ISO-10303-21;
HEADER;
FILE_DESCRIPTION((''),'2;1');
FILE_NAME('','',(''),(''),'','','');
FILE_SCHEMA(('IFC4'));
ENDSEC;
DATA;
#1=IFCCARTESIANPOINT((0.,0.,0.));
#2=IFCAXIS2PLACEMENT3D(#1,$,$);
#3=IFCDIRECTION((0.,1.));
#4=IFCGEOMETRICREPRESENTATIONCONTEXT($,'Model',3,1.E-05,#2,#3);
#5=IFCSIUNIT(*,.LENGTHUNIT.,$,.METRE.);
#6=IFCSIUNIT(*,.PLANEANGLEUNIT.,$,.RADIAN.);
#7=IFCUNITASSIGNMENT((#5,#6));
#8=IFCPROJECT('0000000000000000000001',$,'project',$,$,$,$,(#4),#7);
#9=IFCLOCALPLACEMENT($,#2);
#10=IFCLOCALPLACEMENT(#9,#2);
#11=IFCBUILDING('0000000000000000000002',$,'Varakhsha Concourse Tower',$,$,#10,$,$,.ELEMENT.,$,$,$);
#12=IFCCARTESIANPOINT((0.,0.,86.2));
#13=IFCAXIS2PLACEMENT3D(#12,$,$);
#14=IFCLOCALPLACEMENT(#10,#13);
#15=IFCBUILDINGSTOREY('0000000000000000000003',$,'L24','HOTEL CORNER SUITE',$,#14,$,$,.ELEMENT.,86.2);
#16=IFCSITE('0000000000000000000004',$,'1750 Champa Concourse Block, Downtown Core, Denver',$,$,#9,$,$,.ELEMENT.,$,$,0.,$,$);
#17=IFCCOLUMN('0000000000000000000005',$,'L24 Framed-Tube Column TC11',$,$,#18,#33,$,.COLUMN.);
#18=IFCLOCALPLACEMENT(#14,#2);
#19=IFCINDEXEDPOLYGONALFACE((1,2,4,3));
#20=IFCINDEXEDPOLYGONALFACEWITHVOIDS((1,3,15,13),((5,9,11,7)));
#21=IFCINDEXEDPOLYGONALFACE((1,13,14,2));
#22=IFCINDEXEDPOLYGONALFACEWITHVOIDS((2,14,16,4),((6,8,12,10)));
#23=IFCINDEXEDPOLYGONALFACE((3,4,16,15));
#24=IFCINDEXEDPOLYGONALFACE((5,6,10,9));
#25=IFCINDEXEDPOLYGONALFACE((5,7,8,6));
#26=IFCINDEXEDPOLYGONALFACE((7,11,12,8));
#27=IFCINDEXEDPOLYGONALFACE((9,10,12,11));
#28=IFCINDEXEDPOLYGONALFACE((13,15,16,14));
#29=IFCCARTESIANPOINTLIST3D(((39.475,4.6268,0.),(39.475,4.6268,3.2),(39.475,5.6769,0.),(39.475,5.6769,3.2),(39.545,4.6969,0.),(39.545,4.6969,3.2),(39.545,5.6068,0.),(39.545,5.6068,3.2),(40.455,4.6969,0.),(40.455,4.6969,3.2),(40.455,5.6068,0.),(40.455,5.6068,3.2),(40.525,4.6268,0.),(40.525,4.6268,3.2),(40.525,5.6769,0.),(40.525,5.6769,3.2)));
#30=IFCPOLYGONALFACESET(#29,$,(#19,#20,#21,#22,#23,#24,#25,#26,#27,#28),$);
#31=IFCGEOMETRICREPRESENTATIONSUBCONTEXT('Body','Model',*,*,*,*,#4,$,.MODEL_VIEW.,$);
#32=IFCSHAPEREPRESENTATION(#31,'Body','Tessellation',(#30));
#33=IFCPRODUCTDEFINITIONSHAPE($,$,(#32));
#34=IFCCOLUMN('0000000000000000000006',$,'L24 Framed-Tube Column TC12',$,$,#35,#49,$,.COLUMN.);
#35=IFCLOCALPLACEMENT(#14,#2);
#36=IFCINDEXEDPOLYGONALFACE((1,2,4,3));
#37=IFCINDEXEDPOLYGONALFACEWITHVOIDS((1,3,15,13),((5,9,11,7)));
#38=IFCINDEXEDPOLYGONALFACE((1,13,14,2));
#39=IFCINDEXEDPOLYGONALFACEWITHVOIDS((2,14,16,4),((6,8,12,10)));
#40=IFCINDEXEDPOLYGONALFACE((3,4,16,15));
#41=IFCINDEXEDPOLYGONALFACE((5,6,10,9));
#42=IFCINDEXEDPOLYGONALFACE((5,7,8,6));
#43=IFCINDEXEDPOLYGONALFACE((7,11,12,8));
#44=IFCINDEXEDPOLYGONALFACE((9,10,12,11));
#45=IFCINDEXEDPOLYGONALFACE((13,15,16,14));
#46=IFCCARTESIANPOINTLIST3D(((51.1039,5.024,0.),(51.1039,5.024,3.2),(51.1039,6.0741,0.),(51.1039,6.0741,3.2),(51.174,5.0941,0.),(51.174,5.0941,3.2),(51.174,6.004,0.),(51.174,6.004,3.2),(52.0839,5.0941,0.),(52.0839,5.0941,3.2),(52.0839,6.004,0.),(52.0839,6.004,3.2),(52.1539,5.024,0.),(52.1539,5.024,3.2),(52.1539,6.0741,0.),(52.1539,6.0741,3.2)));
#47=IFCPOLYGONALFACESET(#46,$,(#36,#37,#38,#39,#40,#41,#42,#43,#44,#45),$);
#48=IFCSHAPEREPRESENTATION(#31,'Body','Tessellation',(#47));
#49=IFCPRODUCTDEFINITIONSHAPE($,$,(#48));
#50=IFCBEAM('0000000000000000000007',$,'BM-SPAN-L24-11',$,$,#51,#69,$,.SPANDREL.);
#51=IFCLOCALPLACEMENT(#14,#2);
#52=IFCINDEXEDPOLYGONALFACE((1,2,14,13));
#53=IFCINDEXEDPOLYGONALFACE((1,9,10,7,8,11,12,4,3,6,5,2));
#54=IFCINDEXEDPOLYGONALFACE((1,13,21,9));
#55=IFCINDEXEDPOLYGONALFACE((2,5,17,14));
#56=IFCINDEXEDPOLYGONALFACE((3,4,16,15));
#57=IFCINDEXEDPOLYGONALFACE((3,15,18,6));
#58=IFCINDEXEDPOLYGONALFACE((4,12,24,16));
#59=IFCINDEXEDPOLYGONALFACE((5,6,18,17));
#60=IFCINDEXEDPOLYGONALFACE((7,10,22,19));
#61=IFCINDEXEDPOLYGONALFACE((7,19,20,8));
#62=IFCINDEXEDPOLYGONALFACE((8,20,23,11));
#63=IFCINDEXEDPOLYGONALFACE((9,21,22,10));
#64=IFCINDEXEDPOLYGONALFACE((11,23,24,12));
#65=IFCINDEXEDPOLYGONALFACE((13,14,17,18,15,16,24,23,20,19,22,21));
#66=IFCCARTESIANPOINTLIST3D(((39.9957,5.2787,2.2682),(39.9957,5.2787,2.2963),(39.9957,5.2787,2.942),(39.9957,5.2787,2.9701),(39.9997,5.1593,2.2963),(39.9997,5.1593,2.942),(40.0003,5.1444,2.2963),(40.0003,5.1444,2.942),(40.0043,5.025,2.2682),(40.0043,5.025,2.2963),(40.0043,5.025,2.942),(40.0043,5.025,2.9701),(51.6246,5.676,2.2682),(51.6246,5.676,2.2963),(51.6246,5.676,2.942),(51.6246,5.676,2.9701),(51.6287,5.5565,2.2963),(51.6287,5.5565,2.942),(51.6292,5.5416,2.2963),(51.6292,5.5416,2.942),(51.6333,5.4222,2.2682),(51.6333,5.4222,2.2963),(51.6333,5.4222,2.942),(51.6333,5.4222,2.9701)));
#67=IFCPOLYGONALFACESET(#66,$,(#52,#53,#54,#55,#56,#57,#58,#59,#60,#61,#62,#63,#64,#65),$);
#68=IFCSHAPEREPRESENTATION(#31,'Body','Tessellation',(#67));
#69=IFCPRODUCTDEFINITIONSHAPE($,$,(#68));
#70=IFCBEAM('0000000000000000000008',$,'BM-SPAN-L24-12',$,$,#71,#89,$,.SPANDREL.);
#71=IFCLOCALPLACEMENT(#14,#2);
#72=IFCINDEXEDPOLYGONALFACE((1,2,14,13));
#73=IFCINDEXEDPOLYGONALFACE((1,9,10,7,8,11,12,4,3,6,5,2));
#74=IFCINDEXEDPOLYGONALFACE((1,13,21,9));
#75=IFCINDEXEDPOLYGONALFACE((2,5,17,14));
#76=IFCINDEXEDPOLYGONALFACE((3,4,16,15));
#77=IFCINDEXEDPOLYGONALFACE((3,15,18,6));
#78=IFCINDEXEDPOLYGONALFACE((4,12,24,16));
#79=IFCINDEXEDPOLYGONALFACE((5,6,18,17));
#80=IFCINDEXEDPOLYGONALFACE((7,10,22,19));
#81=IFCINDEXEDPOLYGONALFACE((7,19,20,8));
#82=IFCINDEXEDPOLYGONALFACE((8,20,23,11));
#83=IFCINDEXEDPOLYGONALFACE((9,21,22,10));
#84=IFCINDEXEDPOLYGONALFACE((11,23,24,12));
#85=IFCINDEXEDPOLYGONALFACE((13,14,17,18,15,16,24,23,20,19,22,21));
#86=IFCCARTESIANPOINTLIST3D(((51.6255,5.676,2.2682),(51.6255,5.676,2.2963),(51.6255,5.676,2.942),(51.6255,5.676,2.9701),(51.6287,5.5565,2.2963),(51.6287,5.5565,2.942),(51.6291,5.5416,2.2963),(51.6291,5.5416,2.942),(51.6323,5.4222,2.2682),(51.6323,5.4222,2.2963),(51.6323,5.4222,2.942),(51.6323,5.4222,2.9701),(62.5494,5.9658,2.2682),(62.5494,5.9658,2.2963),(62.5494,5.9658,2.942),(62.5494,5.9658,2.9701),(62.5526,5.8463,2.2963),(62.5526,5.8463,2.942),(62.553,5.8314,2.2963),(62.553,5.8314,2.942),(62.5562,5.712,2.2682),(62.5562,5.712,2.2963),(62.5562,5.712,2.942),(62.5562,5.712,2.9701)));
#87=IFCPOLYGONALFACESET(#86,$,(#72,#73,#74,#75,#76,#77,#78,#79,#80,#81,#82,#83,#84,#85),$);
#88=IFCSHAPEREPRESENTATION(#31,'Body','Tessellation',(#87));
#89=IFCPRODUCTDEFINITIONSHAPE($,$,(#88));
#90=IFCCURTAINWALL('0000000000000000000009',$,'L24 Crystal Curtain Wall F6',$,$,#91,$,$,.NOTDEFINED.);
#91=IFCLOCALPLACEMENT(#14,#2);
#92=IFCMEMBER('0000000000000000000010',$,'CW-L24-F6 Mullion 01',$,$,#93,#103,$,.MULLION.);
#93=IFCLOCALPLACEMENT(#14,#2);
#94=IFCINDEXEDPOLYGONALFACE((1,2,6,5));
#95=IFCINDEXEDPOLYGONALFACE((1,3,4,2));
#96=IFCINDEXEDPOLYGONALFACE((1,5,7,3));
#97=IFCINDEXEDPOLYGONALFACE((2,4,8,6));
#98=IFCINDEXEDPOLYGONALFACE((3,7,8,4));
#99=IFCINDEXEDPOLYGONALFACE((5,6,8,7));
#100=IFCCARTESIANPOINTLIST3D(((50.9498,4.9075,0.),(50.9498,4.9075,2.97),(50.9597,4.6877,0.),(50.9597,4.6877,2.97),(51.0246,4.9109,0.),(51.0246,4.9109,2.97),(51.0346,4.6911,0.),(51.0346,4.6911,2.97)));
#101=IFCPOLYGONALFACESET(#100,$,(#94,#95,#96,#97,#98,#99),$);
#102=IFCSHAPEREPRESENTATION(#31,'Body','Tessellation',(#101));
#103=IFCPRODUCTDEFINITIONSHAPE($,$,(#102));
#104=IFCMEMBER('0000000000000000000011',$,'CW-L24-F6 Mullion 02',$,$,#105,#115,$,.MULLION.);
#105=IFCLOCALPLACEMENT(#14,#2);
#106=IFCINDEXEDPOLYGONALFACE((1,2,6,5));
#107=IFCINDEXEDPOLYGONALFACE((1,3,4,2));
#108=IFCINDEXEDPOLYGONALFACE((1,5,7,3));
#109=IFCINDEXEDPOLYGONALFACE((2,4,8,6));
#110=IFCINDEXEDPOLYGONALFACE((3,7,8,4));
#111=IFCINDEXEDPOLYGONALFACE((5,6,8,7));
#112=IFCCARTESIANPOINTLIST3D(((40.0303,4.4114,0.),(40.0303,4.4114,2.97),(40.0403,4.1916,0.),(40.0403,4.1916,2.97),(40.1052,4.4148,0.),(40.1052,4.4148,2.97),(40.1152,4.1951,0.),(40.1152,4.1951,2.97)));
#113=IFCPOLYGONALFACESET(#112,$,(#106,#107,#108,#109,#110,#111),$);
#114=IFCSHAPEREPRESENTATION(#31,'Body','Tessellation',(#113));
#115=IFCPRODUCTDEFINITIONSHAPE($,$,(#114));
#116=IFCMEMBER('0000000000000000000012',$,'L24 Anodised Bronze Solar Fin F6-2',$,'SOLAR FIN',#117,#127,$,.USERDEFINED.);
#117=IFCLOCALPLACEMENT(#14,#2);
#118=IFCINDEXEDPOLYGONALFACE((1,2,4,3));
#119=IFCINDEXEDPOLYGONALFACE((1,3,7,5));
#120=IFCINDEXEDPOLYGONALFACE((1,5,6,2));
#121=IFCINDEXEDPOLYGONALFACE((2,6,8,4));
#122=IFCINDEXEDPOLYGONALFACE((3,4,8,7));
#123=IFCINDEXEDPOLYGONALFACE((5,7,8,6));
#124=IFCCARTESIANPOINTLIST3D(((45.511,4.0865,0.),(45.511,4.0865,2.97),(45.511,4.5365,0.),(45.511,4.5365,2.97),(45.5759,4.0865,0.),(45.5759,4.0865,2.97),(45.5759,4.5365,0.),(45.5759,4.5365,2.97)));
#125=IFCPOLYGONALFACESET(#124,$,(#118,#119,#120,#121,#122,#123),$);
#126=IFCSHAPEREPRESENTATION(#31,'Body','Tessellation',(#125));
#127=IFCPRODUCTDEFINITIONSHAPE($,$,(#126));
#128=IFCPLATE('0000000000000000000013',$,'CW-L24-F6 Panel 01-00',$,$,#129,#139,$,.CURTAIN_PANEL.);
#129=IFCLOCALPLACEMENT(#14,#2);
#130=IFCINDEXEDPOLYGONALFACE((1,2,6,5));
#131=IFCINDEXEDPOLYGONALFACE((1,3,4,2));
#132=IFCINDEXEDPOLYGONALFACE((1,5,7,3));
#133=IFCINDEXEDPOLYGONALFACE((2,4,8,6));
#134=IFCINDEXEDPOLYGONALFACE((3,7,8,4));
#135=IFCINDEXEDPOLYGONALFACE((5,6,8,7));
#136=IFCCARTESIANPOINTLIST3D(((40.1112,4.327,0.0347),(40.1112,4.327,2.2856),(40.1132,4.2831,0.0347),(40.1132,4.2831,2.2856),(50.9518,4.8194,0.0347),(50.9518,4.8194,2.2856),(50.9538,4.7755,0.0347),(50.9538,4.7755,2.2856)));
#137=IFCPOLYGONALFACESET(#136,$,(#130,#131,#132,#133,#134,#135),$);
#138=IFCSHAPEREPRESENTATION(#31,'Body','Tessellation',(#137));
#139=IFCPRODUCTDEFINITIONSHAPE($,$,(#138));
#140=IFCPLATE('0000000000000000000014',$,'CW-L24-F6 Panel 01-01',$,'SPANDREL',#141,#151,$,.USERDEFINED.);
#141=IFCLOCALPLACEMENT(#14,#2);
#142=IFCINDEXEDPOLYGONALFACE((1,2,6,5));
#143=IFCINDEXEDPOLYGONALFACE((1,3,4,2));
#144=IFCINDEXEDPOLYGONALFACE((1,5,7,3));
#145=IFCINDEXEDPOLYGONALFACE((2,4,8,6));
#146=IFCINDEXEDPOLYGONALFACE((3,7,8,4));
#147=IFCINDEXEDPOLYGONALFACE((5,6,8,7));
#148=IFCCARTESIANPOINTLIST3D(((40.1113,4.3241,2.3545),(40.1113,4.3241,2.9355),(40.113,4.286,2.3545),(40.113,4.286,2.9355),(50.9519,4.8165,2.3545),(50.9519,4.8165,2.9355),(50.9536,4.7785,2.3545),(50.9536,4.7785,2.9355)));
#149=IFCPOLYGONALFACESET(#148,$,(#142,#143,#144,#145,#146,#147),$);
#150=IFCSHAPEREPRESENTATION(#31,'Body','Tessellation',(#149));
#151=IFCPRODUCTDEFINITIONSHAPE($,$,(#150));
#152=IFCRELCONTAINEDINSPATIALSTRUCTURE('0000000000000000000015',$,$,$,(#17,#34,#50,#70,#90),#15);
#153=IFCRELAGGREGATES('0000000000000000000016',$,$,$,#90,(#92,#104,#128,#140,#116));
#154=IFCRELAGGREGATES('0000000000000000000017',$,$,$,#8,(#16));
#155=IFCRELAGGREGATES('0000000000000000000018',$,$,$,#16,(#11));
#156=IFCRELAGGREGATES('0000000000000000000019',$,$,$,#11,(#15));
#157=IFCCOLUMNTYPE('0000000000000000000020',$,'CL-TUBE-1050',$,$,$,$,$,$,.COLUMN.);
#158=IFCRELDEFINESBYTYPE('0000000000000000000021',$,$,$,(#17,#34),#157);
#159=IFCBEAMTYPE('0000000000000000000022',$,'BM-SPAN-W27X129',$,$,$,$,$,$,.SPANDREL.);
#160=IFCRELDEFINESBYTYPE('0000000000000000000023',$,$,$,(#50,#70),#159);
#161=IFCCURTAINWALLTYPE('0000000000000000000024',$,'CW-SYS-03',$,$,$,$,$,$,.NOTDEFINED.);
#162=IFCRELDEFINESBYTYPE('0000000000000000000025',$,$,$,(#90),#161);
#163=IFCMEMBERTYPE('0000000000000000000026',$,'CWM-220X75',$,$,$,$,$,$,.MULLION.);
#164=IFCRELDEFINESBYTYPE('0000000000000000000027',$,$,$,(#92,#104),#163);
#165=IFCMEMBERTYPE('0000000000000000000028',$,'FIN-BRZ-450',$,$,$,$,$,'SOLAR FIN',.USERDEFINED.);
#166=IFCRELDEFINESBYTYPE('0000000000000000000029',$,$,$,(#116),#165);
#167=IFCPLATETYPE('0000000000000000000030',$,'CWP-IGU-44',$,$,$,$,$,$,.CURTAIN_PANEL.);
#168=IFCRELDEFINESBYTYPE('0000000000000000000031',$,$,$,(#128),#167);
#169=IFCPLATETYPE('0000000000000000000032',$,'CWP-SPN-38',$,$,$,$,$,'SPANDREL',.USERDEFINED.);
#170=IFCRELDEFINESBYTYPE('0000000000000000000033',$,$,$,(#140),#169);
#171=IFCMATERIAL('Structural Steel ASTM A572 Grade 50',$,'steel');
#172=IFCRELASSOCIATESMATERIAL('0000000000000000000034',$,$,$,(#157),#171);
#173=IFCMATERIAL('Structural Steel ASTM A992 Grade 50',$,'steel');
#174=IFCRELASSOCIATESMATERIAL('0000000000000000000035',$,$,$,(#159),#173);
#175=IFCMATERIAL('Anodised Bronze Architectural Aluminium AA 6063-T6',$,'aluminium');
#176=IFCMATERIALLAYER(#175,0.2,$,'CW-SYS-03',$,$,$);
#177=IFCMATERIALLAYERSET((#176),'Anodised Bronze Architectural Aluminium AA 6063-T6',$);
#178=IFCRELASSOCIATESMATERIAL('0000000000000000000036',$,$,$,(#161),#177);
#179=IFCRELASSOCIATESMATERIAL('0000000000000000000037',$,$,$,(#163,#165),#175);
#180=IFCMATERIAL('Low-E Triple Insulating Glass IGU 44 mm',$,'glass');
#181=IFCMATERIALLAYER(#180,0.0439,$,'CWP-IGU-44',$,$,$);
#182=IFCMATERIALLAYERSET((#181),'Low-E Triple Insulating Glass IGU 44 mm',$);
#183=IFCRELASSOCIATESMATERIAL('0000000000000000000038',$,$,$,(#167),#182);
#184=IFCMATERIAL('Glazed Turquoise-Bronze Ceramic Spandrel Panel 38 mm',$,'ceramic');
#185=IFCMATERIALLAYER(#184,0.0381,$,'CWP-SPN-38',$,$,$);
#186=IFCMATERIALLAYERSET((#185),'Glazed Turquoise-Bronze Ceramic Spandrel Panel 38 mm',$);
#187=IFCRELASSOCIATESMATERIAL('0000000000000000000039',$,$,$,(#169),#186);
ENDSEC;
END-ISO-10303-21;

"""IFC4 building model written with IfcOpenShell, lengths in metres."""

from ifc_helpers import new_model, si_unit, direction, frame, origin, origin_2d, place, context, subcontext, project, spatial, rectangle, hollow_rectangle, i_section, extrude, source, transform, mapped, material, layer, layer_set, material_profile, profile_set, type_object, type_shapes, element, aggregate, save


model = new_model("IFC4")

# Units and contexts
model_context = context("Model", 3, precision=1e-05, world=origin(), true_north=direction((0.0, 1.0)))
body_context = subcontext(model_context, "Body", "Model", "MODEL_VIEW")
ifc_project = project(units=[si_unit("LENGTHUNIT", "METRE"), si_unit("PLANEANGLEUNIT", "RADIAN")], contexts=[model_context])

# Site, building, storey
site_placement = place(None, origin())
site = spatial("IfcSite", under=ifc_project, at=site_placement, Name="1750 Champa Concourse Block, Downtown Core, Denver", CompositionType="ELEMENT", RefElevation=0.0)
building_placement = place(site_placement, origin())
building = spatial("IfcBuilding", under=site, at=building_placement, Name="Varakhsha Concourse Tower", CompositionType="ELEMENT")
storey_placement = place(building_placement, frame((0.0, 0.0, 86.2)))
storey = spatial("IfcBuildingStorey", under=building, at=storey_placement, Name="L24", Description="HOTEL CORNER SUITE", CompositionType="ELEMENT", Elevation=86.2)

# Columns
ifc_material_1 = material(Name="Structural Steel ASTM A572 Grade 50", Category="steel")
ifc_material_profile_1 = material_profile(ifc_material_1, hollow_rectangle(XDim=1.05, YDim=1.05, WallThickness=0.0701, at=origin_2d()), Name="BOX 1050x1050x70")
ifc_profile_set_1 = profile_set([ifc_material_profile_1], Name="Structural Steel ASTM A572 Grade 50")
column_type = type_object("IfcColumnType", Name="CL-TUBE-1050", PredefinedType="COLUMN", material=ifc_profile_set_1)
for number, where, z_axis, x_axis, name in (
    (1, (40.0, 5.1519, 0.0), (0.0, 0.0, 1.0), (1.0, 0.0, 0.0), "L24 Framed-Tube Column TC11"),
    (2, (51.6289, 5.5491, 0.0), (0.0, 0.0, 1.0), (1.0, 0.0, 0.0), "L24 Framed-Tube Column TC12"),
):
    element("IfcColumn", number, at=place(storey_placement, frame(where, z_axis=z_axis, x_axis=x_axis)), inside=storey, type_object=column_type, Name=name, PredefinedType="COLUMN", context=body_context, shape_type="SweptSolid", body=[
        extrude(hollow_rectangle(XDim=1.05, YDim=1.05, WallThickness=0.0701, at=origin_2d()), origin(), (0.0, 0.0, 1.0), 3.2),
    ])

# Beams
ifc_material_2 = material(Name="Structural Steel ASTM A992 Grade 50", Category="steel")
ifc_material_profile_2 = material_profile(ifc_material_2, i_section(OverallWidth=0.2539, OverallDepth=0.7019, WebThickness=0.0149, FlangeThickness=0.0281, at=origin_2d()), Name="W27X129")
ifc_profile_set_2 = profile_set([ifc_material_profile_2], Name="Structural Steel ASTM A992 Grade 50")
beam_type = type_object("IfcBeamType", Name="BM-SPAN-W27X129", PredefinedType="SPANDREL", material=ifc_profile_set_2)
beam_1_placement = place(storey_placement, frame((40.0, 5.1519, 2.6191), z_axis=(0.999417, 0.034138, 0.0), x_axis=(-0.034138, 0.999417, 0.0)))
element("IfcBeam", 3, at=beam_1_placement, inside=storey, type_object=beam_type, Name="BM-SPAN-L24-11", PredefinedType="SPANDREL", context=body_context, shape_type="SweptSolid", body=[
    extrude(i_section(OverallWidth=0.2539, OverallDepth=0.7019, WebThickness=0.0149, FlangeThickness=0.0281, at=origin_2d()), origin(), (0.0, 0.0, 1.0), 11.6357),
])
beam_2_placement = place(storey_placement, frame((51.6289, 5.5491, 2.6191), z_axis=(0.999648, 0.026519, 0.0), x_axis=(-0.026519, 0.999648, 0.0)))
element("IfcBeam", 4, at=beam_2_placement, inside=storey, type_object=beam_type, Name="BM-SPAN-L24-12", PredefinedType="SPANDREL", context=body_context, shape_type="SweptSolid", body=[
    extrude(i_section(OverallWidth=0.2539, OverallDepth=0.7019, WebThickness=0.0149, FlangeThickness=0.0281, at=origin_2d()), origin(), (0.0, 0.0, 1.0), 10.9277),
])

# Curtain wall, members, plates
ifc_material_3 = material(Name="Anodised Bronze Architectural Aluminium AA 6063-T6", Category="aluminium")
ifc_layer_1 = layer(ifc_material_3, 0.2, Name="CW-SYS-03")
ifc_layer_set_1 = layer_set([ifc_layer_1], Name="Anodised Bronze Architectural Aluminium AA 6063-T6")
curtain_wall_type = type_object("IfcCurtainWallType", Name="CW-SYS-03", PredefinedType="NOTDEFINED", material=ifc_layer_set_1)
curtain_wall_placement = place(storey_placement, origin())
curtain_wall = element("IfcCurtainWall", 5, at=curtain_wall_placement, inside=storey, type_object=curtain_wall_type, Name="L24 Crystal Curtain Wall F6", PredefinedType="NOTDEFINED")
ifc_material_profile_3 = material_profile(ifc_material_3, rectangle(XDim=0.075, YDim=0.22, at=origin_2d()), Name="CWM-220X75")
ifc_profile_set_3 = profile_set([ifc_material_profile_3], Name="Anodised Bronze Architectural Aluminium AA 6063-T6")
member_type_1 = type_object("IfcMemberType", Name="CWM-220X75", PredefinedType="MULLION", material=ifc_profile_set_3)
shared_shape_1 = source(origin(), body_context, "Body", "SweptSolid", [
    extrude(rectangle(XDim=0.075, YDim=0.22, at=origin_2d()), origin(), (0.0, 0.0, 1.0), 2.97),
])
type_shapes(member_type_1, [shared_shape_1])
member_1_placement = place(storey_placement, frame((50.9922, 4.7993, 0.0), z_axis=(0.0, 0.0, 1.0), x_axis=(-0.99897, -0.04538, 0.0)))
member_1 = element("IfcMember", 6, at=member_1_placement, type_object=member_type_1, Name="CW-L24-F6 Mullion 01", PredefinedType="MULLION", context=body_context, shape_type="MappedRepresentation", body=[
    mapped(shared_shape_1, transform((0.0, 0.0, 0.0), scale=1.0)),
])
member_2_placement = place(storey_placement, frame((40.0728, 4.3032, 0.0), z_axis=(0.0, 0.0, 1.0), x_axis=(-0.99897, -0.04538, 0.0)))
member_2 = element("IfcMember", 7, at=member_2_placement, type_object=member_type_1, Name="CW-L24-F6 Mullion 02", PredefinedType="MULLION", context=body_context, shape_type="MappedRepresentation", body=[
    mapped(shared_shape_1, transform((0.0, 0.0, 0.0), scale=1.0)),
])
ifc_material_profile_4 = material_profile(ifc_material_3, rectangle(XDim=0.0649, YDim=0.45, at=origin_2d()), Name="FIN-BRZ-450")
ifc_profile_set_4 = profile_set([ifc_material_profile_4], Name="Anodised Bronze Architectural Aluminium AA 6063-T6")
member_type_2 = type_object("IfcMemberType", Name="FIN-BRZ-450", ElementType="SOLAR FIN", PredefinedType="USERDEFINED", material=ifc_profile_set_4)
shared_shape_2 = source(origin(), body_context, "Body", "SweptSolid", [
    extrude(rectangle(XDim=0.0649, YDim=0.45, at=origin_2d()), origin(), (0.0, 0.0, 1.0), 2.97),
])
type_shapes(member_type_2, [shared_shape_2])
member_3_placement = place(storey_placement, frame((45.5435, 4.3115, 0.0), z_axis=(0.0, 0.0, 1.0), x_axis=(1.0, 0.0, 0.0)))
member_3 = element("IfcMember", 8, at=member_3_placement, type_object=member_type_2, Name="L24 Anodised Bronze Solar Fin F6-2", ObjectType="SOLAR FIN", PredefinedType="USERDEFINED", context=body_context, shape_type="MappedRepresentation", body=[
    mapped(shared_shape_2, transform((0.0, 0.0, 0.0), scale=1.0)),
])
ifc_material_4 = material(Name="Low-E Triple Insulating Glass IGU 44 mm", Category="glass")
ifc_layer_2 = layer(ifc_material_4, 0.0439, Name="CWP-IGU-44")
ifc_layer_set_2 = layer_set([ifc_layer_2], Name="Low-E Triple Insulating Glass IGU 44 mm")
plate_type_1 = type_object("IfcPlateType", Name="CWP-IGU-44", PredefinedType="CURTAIN_PANEL", material=ifc_layer_set_2)
shared_shape_3 = source(origin(), body_context, "Body", "SweptSolid", [
    extrude(rectangle(XDim=10.8518, YDim=0.0439, at=origin_2d()), origin(), (0.0, 0.0, 1.0), 2.251),
])
type_shapes(plate_type_1, [shared_shape_3])
plate_1_placement = place(storey_placement, frame((45.5325, 4.5513, 0.0347), z_axis=(0.0, 0.0, 1.0), x_axis=(-0.99897, -0.04538, 0.0)))
plate_1 = element("IfcPlate", 9, at=plate_1_placement, type_object=plate_type_1, Name="CW-L24-F6 Panel 01-00", PredefinedType="CURTAIN_PANEL", context=body_context, shape_type="MappedRepresentation", body=[
    mapped(shared_shape_3, transform((0.0, 0.0, 0.0), scale=1.0)),
])
ifc_material_5 = material(Name="Glazed Turquoise-Bronze Ceramic Spandrel Panel 38 mm", Category="ceramic")
ifc_layer_3 = layer(ifc_material_5, 0.0381, Name="CWP-SPN-38")
ifc_layer_set_3 = layer_set([ifc_layer_3], Name="Glazed Turquoise-Bronze Ceramic Spandrel Panel 38 mm")
plate_type_2 = type_object("IfcPlateType", Name="CWP-SPN-38", ElementType="SPANDREL", PredefinedType="USERDEFINED", material=ifc_layer_set_3)
shared_shape_4 = source(origin(), body_context, "Body", "SweptSolid", [
    extrude(rectangle(XDim=10.8518, YDim=0.0381, at=origin_2d()), origin(), (0.0, 0.0, 1.0), 0.5811),
])
type_shapes(plate_type_2, [shared_shape_4])
plate_2_placement = place(storey_placement, frame((45.5325, 4.5513, 2.3545), z_axis=(0.0, 0.0, 1.0), x_axis=(-0.99897, -0.04538, 0.0)))
plate_2 = element("IfcPlate", 10, at=plate_2_placement, type_object=plate_type_2, Name="CW-L24-F6 Panel 01-01", ObjectType="SPANDREL", PredefinedType="USERDEFINED", context=body_context, shape_type="MappedRepresentation", body=[
    mapped(shared_shape_4, transform((0.0, 0.0, 0.0), scale=1.0)),
])
aggregate(curtain_wall, [member_1, member_2, plate_1, plate_2, member_3])

save(model, "model.ifc")
